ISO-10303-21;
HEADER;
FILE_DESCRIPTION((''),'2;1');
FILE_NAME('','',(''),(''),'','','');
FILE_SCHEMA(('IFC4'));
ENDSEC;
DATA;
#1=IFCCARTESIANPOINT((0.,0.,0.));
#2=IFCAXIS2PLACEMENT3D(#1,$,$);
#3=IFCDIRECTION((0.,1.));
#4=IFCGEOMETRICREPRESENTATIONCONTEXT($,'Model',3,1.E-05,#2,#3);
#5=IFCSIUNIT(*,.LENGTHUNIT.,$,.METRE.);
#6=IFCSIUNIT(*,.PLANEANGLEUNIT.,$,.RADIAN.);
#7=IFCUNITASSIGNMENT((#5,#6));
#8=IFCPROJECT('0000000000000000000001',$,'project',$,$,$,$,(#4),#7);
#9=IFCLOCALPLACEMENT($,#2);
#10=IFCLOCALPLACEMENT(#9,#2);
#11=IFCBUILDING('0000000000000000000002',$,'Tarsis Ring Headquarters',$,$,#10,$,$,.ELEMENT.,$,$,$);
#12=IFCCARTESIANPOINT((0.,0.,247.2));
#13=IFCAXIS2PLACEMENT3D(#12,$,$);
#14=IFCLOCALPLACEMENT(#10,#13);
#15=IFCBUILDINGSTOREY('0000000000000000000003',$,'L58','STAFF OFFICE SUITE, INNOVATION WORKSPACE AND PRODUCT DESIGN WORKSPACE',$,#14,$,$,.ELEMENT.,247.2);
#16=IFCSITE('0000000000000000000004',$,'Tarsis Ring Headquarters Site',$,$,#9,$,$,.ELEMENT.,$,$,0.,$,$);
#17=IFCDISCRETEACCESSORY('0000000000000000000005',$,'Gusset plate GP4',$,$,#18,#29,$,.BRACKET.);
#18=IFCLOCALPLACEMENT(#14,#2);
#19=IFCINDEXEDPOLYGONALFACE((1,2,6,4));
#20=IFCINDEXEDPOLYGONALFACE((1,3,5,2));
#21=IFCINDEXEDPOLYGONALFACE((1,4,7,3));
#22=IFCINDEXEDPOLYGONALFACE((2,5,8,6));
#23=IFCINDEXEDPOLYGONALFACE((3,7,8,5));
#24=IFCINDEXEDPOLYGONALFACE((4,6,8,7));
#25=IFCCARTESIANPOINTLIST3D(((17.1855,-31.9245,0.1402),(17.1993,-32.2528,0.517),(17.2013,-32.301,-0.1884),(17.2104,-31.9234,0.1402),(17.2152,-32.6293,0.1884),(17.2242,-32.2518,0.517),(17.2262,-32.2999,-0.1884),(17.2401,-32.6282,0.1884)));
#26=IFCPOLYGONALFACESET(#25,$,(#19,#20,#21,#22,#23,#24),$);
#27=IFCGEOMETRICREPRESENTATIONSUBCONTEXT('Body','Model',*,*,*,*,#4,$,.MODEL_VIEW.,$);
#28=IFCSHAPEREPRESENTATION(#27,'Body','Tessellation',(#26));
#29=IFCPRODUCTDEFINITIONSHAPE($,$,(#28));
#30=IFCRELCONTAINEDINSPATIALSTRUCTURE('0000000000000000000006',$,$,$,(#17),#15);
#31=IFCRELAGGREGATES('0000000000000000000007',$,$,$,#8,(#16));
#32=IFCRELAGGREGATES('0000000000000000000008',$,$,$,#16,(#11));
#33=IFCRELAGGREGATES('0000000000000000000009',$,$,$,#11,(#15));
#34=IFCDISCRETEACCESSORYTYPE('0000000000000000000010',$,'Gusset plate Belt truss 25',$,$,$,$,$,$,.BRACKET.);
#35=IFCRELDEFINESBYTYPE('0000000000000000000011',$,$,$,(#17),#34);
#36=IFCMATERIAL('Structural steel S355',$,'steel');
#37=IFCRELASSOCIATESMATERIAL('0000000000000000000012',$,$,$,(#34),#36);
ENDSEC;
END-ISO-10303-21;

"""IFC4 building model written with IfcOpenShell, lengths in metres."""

from ifc_helpers import new_model, si_unit, direction, frame, origin, origin_2d, place, context, subcontext, project, spatial, rectangle, extrude, material, material_profile, profile_set, type_object, element, save


model = new_model("IFC4")

# Units and contexts
model_context = context("Model", 3, precision=1e-05, world=origin(), true_north=direction((0.0, 1.0)))
body_context = subcontext(model_context, "Body", "Model", "MODEL_VIEW")
ifc_project = project(units=[si_unit("LENGTHUNIT", "METRE"), si_unit("PLANEANGLEUNIT", "RADIAN")], contexts=[model_context])

# Site, building, storey
site_placement = place(None, origin())
site = spatial("IfcSite", under=ifc_project, at=site_placement, Name="Tarsis Ring Headquarters Site", CompositionType="ELEMENT", RefElevation=0.0)
building_placement = place(site_placement, origin())
building = spatial("IfcBuilding", under=site, at=building_placement, Name="Tarsis Ring Headquarters", CompositionType="ELEMENT")
storey_placement = place(building_placement, frame((0.0, 0.0, 247.2)))
storey = spatial("IfcBuildingStorey", under=building, at=storey_placement, Name="L58", Description="STAFF OFFICE SUITE, INNOVATION WORKSPACE AND PRODUCT DESIGN WORKSPACE", CompositionType="ELEMENT", Elevation=247.2)

# Shared definitions
ifc_material_1 = material(Name="Structural steel S355", Category="steel")

# Discrete accessory
ifc_material_profile_1 = material_profile(ifc_material_1, rectangle(XDim=0.0249, YDim=0.5, at=origin_2d()), Name="PL 25x500")
ifc_profile_set_1 = profile_set([ifc_material_profile_1], Name="Structural steel S355")
discrete_accessory_type = type_object("IfcDiscreteAccessoryType", Name="Gusset plate Belt truss 25", PredefinedType="BRACKET", material=ifc_profile_set_1)
for number, where, z_axis, x_axis, name in (
    (1, (17.2207, -32.4646, 0.0), (-0.031741, 0.752983, 0.657273), (-0.999113, -0.042116, 0.0), "Gusset plate GP4"),
):
    element("IfcDiscreteAccessory", number, at=place(storey_placement, frame(where, z_axis=z_axis, x_axis=x_axis)), inside=storey, type_object=discrete_accessory_type, Name=name, PredefinedType="BRACKET", context=body_context, shape_type="SweptSolid", body=[
        extrude(rectangle(XDim=0.0249, YDim=0.5, at=origin_2d()), origin(), (0.0, 0.0, 1.0), 0.5),
    ])

save(model, "model.ifc")
